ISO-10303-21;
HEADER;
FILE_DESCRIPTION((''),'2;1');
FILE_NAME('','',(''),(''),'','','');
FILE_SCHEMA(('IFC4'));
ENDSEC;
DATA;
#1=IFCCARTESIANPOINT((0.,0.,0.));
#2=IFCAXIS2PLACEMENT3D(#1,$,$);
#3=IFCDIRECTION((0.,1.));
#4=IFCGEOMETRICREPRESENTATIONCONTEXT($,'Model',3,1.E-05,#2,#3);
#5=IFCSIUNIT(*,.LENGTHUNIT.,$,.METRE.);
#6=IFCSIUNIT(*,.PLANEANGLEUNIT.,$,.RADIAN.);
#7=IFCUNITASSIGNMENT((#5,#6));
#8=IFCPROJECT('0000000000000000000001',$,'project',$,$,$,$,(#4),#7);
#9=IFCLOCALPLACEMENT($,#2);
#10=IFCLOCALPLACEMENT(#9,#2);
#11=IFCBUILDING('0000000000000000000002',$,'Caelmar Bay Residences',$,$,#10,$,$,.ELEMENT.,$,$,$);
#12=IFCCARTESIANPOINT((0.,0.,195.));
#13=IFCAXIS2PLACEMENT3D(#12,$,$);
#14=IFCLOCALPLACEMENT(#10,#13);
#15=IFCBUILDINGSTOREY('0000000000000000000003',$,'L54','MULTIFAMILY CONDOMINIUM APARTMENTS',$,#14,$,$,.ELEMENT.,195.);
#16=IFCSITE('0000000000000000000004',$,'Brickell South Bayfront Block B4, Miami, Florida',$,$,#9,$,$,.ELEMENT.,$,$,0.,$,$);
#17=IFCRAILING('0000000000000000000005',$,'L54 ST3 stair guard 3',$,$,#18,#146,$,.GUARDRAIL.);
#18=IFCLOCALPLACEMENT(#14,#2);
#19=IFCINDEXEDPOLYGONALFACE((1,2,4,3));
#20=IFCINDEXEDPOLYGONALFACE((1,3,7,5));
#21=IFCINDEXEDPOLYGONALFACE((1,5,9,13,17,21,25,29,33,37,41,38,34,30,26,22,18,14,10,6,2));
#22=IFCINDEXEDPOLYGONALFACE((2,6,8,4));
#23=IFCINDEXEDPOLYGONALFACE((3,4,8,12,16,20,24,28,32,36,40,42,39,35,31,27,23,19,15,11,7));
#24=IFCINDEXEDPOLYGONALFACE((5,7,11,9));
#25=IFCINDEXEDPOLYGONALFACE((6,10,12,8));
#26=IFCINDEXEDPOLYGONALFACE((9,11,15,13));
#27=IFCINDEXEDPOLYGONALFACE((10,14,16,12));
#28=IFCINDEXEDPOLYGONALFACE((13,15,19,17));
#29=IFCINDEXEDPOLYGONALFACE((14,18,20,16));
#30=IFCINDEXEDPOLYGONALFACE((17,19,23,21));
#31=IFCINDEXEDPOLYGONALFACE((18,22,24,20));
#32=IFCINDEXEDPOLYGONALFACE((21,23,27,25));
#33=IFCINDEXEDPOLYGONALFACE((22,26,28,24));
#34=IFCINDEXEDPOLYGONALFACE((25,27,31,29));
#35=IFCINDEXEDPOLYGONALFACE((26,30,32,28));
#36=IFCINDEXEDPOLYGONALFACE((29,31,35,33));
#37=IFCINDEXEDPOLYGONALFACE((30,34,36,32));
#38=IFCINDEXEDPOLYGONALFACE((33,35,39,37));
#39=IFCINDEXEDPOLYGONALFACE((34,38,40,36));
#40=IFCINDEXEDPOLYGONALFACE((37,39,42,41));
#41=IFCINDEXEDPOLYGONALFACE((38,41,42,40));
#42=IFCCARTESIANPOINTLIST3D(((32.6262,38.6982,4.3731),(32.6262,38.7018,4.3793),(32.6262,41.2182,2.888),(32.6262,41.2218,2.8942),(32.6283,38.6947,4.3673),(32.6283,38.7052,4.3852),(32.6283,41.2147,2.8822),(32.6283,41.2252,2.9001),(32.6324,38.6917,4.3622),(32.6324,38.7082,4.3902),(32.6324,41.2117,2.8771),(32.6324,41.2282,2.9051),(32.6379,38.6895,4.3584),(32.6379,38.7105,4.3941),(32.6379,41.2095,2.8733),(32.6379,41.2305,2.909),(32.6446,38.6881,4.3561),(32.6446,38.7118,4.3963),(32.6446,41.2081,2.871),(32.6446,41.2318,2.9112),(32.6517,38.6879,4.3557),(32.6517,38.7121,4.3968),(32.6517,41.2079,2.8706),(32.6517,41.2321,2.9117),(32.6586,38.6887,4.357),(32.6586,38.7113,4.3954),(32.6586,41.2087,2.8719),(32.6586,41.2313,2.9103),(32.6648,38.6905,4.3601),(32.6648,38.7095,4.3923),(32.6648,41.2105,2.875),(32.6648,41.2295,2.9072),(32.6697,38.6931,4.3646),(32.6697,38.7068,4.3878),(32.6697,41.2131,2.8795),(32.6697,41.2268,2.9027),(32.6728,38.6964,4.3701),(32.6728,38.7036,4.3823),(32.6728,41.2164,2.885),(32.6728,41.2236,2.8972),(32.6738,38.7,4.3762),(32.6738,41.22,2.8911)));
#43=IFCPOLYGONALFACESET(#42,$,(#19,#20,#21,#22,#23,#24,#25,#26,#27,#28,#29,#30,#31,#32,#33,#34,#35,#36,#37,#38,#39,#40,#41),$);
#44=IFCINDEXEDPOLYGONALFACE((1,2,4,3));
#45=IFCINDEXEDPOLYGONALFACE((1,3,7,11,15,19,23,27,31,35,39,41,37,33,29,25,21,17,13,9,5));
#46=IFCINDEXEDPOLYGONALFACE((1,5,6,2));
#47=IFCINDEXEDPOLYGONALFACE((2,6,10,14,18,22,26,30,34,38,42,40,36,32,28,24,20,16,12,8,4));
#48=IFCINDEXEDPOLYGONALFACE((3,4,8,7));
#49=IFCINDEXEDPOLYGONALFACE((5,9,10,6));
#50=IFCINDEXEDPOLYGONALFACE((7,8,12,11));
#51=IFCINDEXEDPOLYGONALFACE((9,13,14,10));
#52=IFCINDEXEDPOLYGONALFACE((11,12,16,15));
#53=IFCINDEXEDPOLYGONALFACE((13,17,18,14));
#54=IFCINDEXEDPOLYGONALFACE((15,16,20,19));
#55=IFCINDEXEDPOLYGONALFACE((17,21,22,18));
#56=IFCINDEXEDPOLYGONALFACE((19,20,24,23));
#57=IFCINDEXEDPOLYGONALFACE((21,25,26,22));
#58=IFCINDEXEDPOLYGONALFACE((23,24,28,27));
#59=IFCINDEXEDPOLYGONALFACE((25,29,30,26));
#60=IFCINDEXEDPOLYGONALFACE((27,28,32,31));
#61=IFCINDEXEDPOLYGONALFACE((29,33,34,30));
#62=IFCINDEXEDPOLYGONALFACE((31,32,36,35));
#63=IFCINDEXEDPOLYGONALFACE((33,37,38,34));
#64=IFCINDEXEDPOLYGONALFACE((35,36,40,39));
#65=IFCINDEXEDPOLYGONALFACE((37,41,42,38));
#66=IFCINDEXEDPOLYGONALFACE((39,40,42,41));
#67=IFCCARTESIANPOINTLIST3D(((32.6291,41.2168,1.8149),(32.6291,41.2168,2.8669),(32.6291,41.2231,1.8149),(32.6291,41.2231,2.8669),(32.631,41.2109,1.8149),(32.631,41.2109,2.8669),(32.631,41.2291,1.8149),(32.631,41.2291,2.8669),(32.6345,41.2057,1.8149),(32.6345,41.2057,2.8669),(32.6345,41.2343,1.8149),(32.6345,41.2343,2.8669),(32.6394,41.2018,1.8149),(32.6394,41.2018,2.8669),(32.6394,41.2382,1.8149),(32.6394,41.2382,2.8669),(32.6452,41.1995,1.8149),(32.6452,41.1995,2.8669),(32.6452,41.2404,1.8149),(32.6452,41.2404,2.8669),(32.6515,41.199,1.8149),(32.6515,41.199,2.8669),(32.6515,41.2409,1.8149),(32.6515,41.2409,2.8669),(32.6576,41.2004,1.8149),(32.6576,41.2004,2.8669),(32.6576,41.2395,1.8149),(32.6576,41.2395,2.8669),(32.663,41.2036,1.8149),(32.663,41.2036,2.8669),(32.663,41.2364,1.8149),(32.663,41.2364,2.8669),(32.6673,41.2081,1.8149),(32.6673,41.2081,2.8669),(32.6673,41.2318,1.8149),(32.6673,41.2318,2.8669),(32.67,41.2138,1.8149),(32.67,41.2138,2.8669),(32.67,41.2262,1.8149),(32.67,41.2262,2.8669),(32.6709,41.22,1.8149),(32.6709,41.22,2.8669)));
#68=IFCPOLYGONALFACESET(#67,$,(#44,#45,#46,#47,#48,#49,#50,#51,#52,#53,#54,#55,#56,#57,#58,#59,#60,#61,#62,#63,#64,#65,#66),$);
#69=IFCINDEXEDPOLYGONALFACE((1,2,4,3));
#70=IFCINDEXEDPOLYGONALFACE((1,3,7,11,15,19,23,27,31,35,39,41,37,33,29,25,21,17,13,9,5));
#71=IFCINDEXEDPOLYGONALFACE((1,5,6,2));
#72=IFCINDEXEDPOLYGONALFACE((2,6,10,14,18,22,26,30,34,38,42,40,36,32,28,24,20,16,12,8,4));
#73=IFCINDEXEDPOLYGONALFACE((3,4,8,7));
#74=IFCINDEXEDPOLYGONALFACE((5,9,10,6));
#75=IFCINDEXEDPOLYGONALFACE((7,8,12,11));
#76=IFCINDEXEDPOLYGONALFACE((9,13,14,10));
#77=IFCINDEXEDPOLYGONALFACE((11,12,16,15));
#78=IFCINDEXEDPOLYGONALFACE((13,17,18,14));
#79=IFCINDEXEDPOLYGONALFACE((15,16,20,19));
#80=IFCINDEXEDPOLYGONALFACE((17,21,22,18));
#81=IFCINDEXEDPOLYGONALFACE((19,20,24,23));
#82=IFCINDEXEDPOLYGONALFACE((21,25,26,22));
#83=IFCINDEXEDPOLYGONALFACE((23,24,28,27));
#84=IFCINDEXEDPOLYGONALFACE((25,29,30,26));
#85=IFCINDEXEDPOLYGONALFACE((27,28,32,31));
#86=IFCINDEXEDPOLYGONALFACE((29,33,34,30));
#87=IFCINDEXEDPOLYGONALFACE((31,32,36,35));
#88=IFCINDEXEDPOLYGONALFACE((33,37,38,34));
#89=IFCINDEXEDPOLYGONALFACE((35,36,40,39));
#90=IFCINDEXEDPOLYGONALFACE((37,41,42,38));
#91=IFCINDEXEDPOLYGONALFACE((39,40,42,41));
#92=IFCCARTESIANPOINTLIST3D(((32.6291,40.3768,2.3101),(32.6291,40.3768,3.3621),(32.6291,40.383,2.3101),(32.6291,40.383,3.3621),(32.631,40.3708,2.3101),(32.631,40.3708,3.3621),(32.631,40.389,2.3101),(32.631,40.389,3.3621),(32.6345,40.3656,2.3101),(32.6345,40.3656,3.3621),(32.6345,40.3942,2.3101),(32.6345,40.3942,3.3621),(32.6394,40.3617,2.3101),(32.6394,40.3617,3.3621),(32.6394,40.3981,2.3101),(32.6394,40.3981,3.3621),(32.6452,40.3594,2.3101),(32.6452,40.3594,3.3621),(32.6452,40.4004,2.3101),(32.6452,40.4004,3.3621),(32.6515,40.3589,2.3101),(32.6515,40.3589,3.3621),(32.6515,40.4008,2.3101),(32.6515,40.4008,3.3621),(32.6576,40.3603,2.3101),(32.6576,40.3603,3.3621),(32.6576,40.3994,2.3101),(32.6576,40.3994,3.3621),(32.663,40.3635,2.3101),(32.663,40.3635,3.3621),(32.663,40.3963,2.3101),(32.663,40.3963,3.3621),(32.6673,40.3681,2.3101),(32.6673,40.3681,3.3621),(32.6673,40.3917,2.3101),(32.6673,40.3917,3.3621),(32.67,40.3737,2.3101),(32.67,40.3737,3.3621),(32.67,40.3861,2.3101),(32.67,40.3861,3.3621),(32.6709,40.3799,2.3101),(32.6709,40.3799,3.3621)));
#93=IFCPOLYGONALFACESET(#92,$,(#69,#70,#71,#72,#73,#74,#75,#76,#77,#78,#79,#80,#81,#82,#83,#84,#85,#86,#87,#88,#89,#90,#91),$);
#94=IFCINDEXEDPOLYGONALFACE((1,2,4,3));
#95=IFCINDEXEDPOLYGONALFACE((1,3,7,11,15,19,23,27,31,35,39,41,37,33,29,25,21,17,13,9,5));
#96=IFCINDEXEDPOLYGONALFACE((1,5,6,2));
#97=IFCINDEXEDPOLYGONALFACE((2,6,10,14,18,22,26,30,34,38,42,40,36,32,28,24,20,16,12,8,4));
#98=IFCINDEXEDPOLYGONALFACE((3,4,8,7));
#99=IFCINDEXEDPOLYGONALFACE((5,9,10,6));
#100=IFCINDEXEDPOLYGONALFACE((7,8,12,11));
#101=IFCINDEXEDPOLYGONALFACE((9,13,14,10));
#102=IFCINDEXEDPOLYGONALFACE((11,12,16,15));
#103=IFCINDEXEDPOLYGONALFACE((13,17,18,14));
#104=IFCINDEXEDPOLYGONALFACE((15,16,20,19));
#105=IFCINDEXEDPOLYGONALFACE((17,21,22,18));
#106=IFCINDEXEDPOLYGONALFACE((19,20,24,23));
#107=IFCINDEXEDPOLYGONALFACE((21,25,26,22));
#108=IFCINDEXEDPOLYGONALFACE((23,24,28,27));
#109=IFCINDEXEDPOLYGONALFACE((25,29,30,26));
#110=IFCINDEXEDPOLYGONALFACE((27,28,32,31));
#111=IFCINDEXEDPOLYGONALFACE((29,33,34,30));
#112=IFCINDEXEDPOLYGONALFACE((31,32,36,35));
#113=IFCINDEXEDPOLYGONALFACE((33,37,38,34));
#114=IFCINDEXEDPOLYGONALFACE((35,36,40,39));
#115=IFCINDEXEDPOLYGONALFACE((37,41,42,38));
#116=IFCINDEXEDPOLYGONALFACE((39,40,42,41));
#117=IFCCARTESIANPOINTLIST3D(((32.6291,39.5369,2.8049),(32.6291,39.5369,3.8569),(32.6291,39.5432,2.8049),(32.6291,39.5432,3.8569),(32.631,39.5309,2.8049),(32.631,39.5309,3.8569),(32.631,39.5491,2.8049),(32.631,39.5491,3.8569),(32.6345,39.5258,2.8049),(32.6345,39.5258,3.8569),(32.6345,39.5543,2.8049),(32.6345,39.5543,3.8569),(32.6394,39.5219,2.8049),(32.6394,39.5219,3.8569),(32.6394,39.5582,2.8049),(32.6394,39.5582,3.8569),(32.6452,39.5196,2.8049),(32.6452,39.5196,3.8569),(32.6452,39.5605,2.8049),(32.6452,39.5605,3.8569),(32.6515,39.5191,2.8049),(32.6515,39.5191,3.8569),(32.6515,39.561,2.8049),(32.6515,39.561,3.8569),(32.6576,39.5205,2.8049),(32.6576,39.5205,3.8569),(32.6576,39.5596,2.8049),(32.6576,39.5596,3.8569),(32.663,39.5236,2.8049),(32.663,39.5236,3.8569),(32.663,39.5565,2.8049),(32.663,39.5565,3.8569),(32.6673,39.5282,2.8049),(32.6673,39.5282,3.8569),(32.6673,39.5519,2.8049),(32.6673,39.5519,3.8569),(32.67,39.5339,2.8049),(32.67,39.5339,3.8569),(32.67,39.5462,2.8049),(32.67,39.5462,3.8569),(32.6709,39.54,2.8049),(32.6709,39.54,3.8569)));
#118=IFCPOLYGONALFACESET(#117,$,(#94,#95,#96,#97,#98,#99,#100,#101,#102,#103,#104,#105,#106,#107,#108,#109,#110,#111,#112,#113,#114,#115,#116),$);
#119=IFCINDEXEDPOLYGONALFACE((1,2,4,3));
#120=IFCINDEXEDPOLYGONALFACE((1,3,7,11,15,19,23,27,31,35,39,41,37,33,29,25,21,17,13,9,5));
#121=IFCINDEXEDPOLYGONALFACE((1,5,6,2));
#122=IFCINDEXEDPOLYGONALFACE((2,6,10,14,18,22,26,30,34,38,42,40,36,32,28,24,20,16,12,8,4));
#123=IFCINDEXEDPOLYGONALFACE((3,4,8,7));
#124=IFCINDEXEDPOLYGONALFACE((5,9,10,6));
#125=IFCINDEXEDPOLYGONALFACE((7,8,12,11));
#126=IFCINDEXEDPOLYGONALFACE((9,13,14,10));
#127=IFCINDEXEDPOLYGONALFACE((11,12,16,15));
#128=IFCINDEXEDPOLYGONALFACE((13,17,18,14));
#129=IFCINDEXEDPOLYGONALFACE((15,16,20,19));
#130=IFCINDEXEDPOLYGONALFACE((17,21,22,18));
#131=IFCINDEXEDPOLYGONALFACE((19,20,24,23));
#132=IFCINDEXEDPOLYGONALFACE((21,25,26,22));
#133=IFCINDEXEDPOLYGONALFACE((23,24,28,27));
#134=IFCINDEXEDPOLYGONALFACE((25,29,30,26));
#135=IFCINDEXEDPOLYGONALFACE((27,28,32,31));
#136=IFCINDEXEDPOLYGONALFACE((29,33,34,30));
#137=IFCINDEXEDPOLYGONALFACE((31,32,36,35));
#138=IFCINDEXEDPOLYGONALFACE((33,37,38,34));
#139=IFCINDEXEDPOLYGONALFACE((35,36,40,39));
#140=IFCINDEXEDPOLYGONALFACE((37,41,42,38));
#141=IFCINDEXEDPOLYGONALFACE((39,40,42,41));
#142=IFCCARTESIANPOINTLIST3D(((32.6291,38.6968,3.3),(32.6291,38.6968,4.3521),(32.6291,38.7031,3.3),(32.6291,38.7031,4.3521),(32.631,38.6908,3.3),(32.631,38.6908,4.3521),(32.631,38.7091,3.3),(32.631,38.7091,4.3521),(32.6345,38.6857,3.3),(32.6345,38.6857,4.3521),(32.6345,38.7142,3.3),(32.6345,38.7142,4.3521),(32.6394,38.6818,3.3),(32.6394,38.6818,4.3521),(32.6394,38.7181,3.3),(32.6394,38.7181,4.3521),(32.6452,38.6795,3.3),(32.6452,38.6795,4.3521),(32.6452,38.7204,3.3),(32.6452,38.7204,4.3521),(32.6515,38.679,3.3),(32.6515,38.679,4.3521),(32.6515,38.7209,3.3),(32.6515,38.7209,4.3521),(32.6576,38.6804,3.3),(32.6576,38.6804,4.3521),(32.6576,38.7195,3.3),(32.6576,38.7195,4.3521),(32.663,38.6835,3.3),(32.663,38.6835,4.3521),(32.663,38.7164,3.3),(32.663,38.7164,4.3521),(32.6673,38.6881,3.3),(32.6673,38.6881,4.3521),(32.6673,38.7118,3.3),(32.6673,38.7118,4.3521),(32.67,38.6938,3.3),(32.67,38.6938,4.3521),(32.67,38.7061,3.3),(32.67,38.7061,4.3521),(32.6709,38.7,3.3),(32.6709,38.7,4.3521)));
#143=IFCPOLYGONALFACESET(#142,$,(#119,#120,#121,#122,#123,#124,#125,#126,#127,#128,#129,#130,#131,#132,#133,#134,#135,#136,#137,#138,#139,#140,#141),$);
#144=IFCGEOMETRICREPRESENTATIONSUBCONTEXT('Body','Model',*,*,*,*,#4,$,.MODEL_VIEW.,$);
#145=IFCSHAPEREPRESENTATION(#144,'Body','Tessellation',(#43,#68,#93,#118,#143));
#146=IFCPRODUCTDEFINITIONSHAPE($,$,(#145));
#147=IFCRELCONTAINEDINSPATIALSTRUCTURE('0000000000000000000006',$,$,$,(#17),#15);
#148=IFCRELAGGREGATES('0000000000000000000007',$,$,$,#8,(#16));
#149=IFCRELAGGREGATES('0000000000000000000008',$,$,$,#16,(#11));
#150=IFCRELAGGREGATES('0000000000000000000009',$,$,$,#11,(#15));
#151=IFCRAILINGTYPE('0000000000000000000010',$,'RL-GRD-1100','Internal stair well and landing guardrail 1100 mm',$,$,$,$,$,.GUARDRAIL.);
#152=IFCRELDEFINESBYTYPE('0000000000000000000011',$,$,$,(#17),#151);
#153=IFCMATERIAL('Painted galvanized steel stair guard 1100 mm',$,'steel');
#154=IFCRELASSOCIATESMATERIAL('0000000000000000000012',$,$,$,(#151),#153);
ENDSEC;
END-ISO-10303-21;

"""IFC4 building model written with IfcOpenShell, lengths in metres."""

from ifc_helpers import new_model, si_unit, direction, frame, origin, origin_2d, place, context, subcontext, project, spatial, circle, extrude, material, type_object, element, save


model = new_model("IFC4")

# Units and contexts
model_context = context("Model", 3, precision=1e-05, world=origin(), true_north=direction((0.0, 1.0)))
body_context = subcontext(model_context, "Body", "Model", "MODEL_VIEW")
ifc_project = project(units=[si_unit("LENGTHUNIT", "METRE"), si_unit("PLANEANGLEUNIT", "RADIAN")], contexts=[model_context])

# Site, building, storey
site_placement = place(None, origin())
site = spatial("IfcSite", under=ifc_project, at=site_placement, Name="Brickell South Bayfront Block B4, Miami, Florida", CompositionType="ELEMENT", RefElevation=0.0)
building_placement = place(site_placement, origin())
building = spatial("IfcBuilding", under=site, at=building_placement, Name="Caelmar Bay Residences", CompositionType="ELEMENT")
storey_placement = place(building_placement, frame((0.0, 0.0, 195.0)))
storey = spatial("IfcBuildingStorey", under=building, at=storey_placement, Name="L54", Description="MULTIFAMILY CONDOMINIUM APARTMENTS", CompositionType="ELEMENT", Elevation=195.0)

# Railing
ifc_material_1 = material(Name="Painted galvanized steel stair guard 1100 mm", Category="steel")
railing_type_1 = type_object("IfcRailingType", Name="RL-GRD-1100", Description="Internal stair well and landing guardrail 1100 mm", PredefinedType="GUARDRAIL", material=ifc_material_1)
railing_1_placement = place(storey_placement, frame((32.6499, 41.22, 1.8149)))
element("IfcRailing", 1, at=railing_1_placement, inside=storey, type_object=railing_type_1, Name="L54 ST3 stair guard 3", PredefinedType="GUARDRAIL", context=body_context, shape_type="SweptSolid", body=[
    extrude(circle(Radius=0.0239, at=origin_2d()), frame((0.0, 0.0, 1.0762), z_axis=(0.0, -0.861524, 0.507717), x_axis=(1.0, 0.0, 0.0)), (0.0, 0.0, 1.0), 2.925),
    extrude(circle(Radius=0.021, at=origin_2d()), origin(), (0.0, 0.0, 1.0), 1.052),
    extrude(circle(Radius=0.021, at=origin_2d()), frame((0.0, -0.8401, 0.4951)), (0.0, 0.0, 1.0), 1.052),
    extrude(circle(Radius=0.021, at=origin_2d()), frame((0.0, -1.6799, 0.99)), (0.0, 0.0, 1.0), 1.052),
    extrude(circle(Radius=0.021, at=origin_2d()), frame((0.0, -2.52, 1.4851)), (0.0, 0.0, 1.0), 1.052),
])

save(model, "model.ifc")
